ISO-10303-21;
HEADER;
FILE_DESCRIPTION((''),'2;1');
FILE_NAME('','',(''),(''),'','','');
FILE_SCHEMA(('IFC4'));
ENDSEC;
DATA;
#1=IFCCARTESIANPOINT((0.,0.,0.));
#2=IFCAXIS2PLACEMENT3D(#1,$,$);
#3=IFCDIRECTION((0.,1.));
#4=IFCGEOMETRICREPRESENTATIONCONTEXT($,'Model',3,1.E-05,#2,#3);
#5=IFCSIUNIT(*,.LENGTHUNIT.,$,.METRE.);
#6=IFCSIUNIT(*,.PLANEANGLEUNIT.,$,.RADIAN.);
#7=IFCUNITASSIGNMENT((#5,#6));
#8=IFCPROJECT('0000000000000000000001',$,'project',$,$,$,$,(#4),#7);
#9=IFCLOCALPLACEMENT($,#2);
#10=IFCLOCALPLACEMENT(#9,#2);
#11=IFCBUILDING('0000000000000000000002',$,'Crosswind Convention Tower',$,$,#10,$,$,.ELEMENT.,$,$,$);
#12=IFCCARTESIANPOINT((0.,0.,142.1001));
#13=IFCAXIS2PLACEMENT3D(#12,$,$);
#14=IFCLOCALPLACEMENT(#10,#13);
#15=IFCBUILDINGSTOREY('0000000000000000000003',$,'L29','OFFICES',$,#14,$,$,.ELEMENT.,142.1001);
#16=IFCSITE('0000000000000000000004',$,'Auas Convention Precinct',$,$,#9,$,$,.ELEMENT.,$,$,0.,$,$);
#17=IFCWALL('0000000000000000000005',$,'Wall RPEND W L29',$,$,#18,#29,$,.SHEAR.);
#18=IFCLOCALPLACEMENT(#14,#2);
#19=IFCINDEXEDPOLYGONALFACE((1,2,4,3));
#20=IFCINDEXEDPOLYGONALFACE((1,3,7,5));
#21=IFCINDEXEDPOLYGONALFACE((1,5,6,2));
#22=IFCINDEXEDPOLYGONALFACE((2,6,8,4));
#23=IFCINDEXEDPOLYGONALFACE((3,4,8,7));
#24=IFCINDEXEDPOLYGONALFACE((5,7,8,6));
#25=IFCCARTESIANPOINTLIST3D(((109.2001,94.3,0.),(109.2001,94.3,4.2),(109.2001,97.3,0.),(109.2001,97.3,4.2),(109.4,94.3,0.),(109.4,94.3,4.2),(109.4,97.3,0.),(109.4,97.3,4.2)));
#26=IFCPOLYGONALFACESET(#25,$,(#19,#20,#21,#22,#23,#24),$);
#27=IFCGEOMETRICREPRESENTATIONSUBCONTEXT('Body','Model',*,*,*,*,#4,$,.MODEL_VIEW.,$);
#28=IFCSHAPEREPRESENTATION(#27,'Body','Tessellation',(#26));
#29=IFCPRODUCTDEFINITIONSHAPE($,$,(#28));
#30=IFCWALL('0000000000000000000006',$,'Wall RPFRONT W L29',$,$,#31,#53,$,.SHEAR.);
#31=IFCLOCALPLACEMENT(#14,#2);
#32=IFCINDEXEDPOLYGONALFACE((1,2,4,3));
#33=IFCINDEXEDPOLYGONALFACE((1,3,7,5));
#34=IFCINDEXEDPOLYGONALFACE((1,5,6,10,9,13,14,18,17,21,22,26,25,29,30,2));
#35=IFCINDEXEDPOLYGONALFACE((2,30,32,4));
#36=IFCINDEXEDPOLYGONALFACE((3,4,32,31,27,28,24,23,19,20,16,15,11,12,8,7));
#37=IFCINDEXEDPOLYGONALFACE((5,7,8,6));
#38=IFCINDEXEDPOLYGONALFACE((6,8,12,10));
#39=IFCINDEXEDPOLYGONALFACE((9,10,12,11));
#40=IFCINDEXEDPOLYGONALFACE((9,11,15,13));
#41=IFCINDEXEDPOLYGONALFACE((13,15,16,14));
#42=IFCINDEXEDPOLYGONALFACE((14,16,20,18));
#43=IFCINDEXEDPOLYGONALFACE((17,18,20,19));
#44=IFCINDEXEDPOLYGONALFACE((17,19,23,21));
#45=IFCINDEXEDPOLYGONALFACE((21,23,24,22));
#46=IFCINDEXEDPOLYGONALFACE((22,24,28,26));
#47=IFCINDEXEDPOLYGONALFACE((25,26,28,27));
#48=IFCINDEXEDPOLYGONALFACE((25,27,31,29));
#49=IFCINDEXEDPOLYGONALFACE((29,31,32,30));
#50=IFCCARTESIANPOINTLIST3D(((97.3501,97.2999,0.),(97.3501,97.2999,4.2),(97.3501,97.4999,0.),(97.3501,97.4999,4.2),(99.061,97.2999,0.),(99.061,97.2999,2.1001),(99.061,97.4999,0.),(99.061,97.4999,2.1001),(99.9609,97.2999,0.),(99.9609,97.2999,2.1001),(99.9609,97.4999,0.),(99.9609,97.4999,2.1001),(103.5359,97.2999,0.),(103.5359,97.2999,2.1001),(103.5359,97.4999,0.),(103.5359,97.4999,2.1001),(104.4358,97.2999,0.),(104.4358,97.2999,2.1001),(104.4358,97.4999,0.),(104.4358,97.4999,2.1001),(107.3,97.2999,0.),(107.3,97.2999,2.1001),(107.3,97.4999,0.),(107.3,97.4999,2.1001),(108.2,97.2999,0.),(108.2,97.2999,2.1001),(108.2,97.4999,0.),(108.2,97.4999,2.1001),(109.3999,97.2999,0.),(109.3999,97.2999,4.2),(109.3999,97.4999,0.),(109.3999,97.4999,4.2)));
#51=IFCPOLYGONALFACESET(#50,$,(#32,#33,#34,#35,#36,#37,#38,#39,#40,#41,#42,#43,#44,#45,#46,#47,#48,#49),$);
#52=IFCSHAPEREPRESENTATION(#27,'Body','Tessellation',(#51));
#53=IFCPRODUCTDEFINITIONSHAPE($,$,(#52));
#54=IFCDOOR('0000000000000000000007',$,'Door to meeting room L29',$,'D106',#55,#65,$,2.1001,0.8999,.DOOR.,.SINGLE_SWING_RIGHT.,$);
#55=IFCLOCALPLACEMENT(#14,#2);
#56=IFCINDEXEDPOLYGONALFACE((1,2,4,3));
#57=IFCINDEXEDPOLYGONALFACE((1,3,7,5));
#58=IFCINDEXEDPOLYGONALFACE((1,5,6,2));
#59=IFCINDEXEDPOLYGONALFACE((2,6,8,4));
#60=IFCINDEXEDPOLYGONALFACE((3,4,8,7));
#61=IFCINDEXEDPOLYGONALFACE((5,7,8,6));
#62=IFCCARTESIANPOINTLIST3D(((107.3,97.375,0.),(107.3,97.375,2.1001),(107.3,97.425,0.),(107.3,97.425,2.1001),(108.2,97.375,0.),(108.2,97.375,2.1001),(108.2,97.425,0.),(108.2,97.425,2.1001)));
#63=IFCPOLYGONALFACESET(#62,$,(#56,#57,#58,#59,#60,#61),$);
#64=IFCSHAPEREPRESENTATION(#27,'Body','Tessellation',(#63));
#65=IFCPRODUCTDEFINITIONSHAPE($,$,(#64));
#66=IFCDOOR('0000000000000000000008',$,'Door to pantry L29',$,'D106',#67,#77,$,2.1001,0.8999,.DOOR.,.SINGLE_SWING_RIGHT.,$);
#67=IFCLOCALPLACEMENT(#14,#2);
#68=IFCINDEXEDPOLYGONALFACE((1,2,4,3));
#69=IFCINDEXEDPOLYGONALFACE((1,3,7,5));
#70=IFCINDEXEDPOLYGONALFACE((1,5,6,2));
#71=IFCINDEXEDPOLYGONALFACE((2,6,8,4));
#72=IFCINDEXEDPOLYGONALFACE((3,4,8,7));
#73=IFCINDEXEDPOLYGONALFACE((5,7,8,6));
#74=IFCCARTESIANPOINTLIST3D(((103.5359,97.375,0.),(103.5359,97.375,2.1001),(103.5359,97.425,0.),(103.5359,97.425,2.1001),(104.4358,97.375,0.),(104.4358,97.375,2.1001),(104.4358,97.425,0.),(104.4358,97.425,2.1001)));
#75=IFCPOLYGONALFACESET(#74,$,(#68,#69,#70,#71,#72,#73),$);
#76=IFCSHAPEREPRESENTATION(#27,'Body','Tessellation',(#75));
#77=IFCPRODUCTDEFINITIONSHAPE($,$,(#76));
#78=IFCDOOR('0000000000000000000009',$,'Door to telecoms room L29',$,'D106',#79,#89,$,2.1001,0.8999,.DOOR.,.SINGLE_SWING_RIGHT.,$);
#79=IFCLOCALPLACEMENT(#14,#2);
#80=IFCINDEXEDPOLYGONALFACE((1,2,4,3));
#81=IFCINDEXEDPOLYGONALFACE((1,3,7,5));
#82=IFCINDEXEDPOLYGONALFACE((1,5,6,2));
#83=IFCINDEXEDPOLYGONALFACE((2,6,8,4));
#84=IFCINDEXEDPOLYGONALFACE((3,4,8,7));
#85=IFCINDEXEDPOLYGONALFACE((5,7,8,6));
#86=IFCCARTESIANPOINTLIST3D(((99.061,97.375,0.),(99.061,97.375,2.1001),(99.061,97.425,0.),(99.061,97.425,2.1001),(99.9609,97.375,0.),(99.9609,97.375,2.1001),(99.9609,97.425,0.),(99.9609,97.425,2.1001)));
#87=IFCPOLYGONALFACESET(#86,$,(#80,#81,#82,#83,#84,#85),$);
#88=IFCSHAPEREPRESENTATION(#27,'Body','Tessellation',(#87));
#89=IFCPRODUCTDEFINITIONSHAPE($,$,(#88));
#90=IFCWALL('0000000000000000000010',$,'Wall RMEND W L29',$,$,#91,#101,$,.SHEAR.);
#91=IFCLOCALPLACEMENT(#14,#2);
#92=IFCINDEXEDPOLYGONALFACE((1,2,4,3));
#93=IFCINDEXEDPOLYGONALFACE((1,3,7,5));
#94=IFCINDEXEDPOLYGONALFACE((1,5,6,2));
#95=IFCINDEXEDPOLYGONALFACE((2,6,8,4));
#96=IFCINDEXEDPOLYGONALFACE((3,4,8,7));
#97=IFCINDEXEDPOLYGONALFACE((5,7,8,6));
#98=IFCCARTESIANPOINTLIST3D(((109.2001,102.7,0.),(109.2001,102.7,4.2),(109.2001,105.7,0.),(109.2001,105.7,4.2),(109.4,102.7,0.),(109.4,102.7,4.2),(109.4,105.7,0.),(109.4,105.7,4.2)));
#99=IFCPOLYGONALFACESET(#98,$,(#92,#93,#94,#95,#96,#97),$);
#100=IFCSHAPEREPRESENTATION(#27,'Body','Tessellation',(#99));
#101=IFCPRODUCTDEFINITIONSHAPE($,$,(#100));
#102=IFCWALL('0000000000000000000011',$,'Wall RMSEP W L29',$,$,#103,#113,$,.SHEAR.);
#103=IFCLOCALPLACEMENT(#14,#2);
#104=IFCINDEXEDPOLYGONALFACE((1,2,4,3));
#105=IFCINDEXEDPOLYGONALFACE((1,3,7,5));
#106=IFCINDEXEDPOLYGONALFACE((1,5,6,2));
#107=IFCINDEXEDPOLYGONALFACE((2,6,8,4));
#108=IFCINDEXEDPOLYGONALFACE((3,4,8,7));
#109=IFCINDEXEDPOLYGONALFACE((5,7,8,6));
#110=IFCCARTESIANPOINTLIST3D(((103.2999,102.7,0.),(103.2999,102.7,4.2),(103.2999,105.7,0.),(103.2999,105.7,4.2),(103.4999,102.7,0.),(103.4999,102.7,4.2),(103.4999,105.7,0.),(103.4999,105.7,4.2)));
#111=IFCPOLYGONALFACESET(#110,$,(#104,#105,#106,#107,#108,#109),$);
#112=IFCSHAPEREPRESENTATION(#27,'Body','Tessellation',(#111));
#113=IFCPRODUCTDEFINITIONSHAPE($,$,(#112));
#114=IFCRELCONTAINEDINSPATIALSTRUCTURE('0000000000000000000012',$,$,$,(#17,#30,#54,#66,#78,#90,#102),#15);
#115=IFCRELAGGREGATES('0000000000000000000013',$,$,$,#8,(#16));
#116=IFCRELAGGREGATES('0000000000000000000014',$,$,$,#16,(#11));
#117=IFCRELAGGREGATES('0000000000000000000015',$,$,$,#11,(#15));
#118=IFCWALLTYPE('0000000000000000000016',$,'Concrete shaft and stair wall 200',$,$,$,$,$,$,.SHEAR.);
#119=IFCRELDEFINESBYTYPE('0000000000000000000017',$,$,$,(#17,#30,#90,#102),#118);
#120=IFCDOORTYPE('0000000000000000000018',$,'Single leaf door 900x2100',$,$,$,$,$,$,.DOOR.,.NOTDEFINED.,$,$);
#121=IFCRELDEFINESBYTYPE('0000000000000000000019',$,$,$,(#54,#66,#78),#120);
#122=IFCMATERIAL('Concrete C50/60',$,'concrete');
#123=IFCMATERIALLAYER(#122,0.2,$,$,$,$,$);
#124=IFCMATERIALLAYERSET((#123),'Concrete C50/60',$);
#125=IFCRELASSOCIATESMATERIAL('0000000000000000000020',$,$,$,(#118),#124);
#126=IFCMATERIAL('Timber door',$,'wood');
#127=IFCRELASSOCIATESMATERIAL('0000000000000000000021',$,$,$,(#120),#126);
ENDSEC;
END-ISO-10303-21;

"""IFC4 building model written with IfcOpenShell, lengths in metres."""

from ifc_helpers import new_model, si_unit, direction, frame, frame_2d, origin, place, context, subcontext, project, spatial, rectangle, extrude, material, layer, layer_set, type_object, element, fill, save


model = new_model("IFC4")

# Units and contexts
model_context = context("Model", 3, precision=1e-05, world=origin(), true_north=direction((0.0, 1.0)))
body_context = subcontext(model_context, "Body", "Model", "MODEL_VIEW")
ifc_project = project(units=[si_unit("LENGTHUNIT", "METRE"), si_unit("PLANEANGLEUNIT", "RADIAN")], contexts=[model_context])

# Site, building, storey
site_placement = place(None, origin())
site = spatial("IfcSite", under=ifc_project, at=site_placement, Name="Auas Convention Precinct", CompositionType="ELEMENT", RefElevation=0.0)
building_placement = place(site_placement, origin())
building = spatial("IfcBuilding", under=site, at=building_placement, Name="Crosswind Convention Tower", CompositionType="ELEMENT")
storey_placement = place(building_placement, frame((0.0, 0.0, 142.1001)))
storey = spatial("IfcBuildingStorey", under=building, at=storey_placement, Name="L29", Description="OFFICES", CompositionType="ELEMENT", Elevation=142.1001)

# Wall
ifc_material_1 = material(Name="Concrete C50/60", Category="concrete")
ifc_layer_1 = layer(ifc_material_1, 0.2)
ifc_layer_set_1 = layer_set([ifc_layer_1], Name="Concrete C50/60")
wall_type_1 = type_object("IfcWallType", Name="Concrete shaft and stair wall 200", PredefinedType="SHEAR", material=ifc_layer_set_1)
wall_1_placement = place(storey_placement, frame((109.3, 97.3, 0.0), z_axis=(0.0, 0.0, 1.0), x_axis=(0.0, -1.0, 0.0)))
element("IfcWall", 1, at=wall_1_placement, inside=storey, type_object=wall_type_1, Name="Wall RPEND W L29", PredefinedType="SHEAR", context=body_context, shape_type="SweptSolid", body=[
    extrude(rectangle(XDim=3.0, YDim=0.2, at=frame_2d((1.5, 0.0))), origin(), (0.0, 0.0, 1.0), 4.2),
])

# Wall, openings, doors
wall_2_placement = place(storey_placement, frame((109.3999, 97.3999, 0.0), z_axis=(0.0, 0.0, 1.0), x_axis=(-1.0, 0.0, 0.0)))
wall_2 = element("IfcWall", 2, at=wall_2_placement, inside=storey, type_object=wall_type_1, Name="Wall RPFRONT W L29", PredefinedType="SHEAR", context=body_context, shape_type="SweptSolid", body=[
    extrude(rectangle(XDim=12.0498, YDim=0.2, at=frame_2d((6.0249, 0.0))), origin(), (0.0, 0.0, 1.0), 4.2),
])
opening_1_placement = place(wall_2_placement, frame((1.2, 0.0, 0.0)))
opening_1 = element("IfcOpeningElement", 3, at=opening_1_placement, cuts=wall_2, PredefinedType="OPENING", context=body_context, shape_type="SweptSolid", body=[
    extrude(rectangle(XDim=0.8999, YDim=2.1001, at=frame_2d((0.45, 1.05))), frame((0.0, 0.1099, 0.0), z_axis=(0.0, -1.0, 0.0), x_axis=(1.0, 0.0, 0.0)), (0.0, 0.0, 1.0), 0.22),
])
opening_2_placement = place(wall_2_placement, frame((4.9641, 0.0, 0.0)))
opening_2 = element("IfcOpeningElement", 4, at=opening_2_placement, cuts=wall_2, PredefinedType="OPENING", context=body_context, shape_type="SweptSolid", body=[
    extrude(rectangle(XDim=0.8999, YDim=2.1001, at=frame_2d((0.45, 1.05))), frame((0.0, 0.1099, 0.0), z_axis=(0.0, -1.0, 0.0), x_axis=(1.0, 0.0, 0.0)), (0.0, 0.0, 1.0), 0.22),
])
opening_3_placement = place(wall_2_placement, frame((9.439, 0.0, 0.0)))
opening_3 = element("IfcOpeningElement", 5, at=opening_3_placement, cuts=wall_2, PredefinedType="OPENING", context=body_context, shape_type="SweptSolid", body=[
    extrude(rectangle(XDim=0.8999, YDim=2.1001, at=frame_2d((0.45, 1.05))), frame((0.0, 0.1099, 0.0), z_axis=(0.0, -1.0, 0.0), x_axis=(1.0, 0.0, 0.0)), (0.0, 0.0, 1.0), 0.22),
])
ifc_material_2 = material(Name="Timber door", Category="wood")
door_type_1 = type_object("IfcDoorType", Name="Single leaf door 900x2100", OperationType="NOTDEFINED", PredefinedType="DOOR", material=ifc_material_2)
door_1_placement = place(opening_1_placement, origin())
door_1 = element("IfcDoor", 6, at=door_1_placement, inside=storey, type_object=door_type_1, Name="Door to meeting room L29", ObjectType="D106", OperationType="SINGLE_SWING_RIGHT", OverallHeight=2.1001, OverallWidth=0.8999, PredefinedType="DOOR", context=body_context, shape_type="SweptSolid", body=[
    extrude(rectangle(XDim=0.8999, YDim=2.1001, at=frame_2d((0.45, 1.05))), frame((0.0, 0.0249, 0.0), z_axis=(0.0, -1.0, 0.0), x_axis=(1.0, 0.0, 0.0)), (0.0, 0.0, 1.0), 0.05),
])
fill(opening_1, door_1)
door_2_placement = place(opening_2_placement, origin())
door_2 = element("IfcDoor", 7, at=door_2_placement, inside=storey, type_object=door_type_1, Name="Door to pantry L29", ObjectType="D106", OperationType="SINGLE_SWING_RIGHT", OverallHeight=2.1001, OverallWidth=0.8999, PredefinedType="DOOR", context=body_context, shape_type="SweptSolid", body=[
    extrude(rectangle(XDim=0.8999, YDim=2.1001, at=frame_2d((0.45, 1.05))), frame((0.0, 0.0249, 0.0), z_axis=(0.0, -1.0, 0.0), x_axis=(1.0, 0.0, 0.0)), (0.0, 0.0, 1.0), 0.05),
])
fill(opening_2, door_2)
door_3_placement = place(opening_3_placement, origin())
door_3 = element("IfcDoor", 8, at=door_3_placement, inside=storey, type_object=door_type_1, Name="Door to telecoms room L29", ObjectType="D106", OperationType="SINGLE_SWING_RIGHT", OverallHeight=2.1001, OverallWidth=0.8999, PredefinedType="DOOR", context=body_context, shape_type="SweptSolid", body=[
    extrude(rectangle(XDim=0.8999, YDim=2.1001, at=frame_2d((0.45, 1.05))), frame((0.0, 0.0249, 0.0), z_axis=(0.0, -1.0, 0.0), x_axis=(1.0, 0.0, 0.0)), (0.0, 0.0, 1.0), 0.05),
])
fill(opening_3, door_3)

# Walls
for number, where, z_axis, x_axis, name in (
    (9, (109.3, 105.7, 0.0), (0.0, 0.0, 1.0), (0.0, -1.0, 0.0), "Wall RMEND W L29"),
    (10, (103.3999, 105.7, 0.0), (0.0, 0.0, 1.0), (0.0, -1.0, 0.0), "Wall RMSEP W L29"),
):
    element("IfcWall", number, at=place(storey_placement, frame(where, z_axis=z_axis, x_axis=x_axis)), inside=storey, type_object=wall_type_1, Name=name, PredefinedType="SHEAR", context=body_context, shape_type="SweptSolid", body=[
        extrude(rectangle(XDim=3.0, YDim=0.2, at=frame_2d((1.5, 0.0))), origin(), (0.0, 0.0, 1.0), 4.2),
    ])

save(model, "model.ifc")
